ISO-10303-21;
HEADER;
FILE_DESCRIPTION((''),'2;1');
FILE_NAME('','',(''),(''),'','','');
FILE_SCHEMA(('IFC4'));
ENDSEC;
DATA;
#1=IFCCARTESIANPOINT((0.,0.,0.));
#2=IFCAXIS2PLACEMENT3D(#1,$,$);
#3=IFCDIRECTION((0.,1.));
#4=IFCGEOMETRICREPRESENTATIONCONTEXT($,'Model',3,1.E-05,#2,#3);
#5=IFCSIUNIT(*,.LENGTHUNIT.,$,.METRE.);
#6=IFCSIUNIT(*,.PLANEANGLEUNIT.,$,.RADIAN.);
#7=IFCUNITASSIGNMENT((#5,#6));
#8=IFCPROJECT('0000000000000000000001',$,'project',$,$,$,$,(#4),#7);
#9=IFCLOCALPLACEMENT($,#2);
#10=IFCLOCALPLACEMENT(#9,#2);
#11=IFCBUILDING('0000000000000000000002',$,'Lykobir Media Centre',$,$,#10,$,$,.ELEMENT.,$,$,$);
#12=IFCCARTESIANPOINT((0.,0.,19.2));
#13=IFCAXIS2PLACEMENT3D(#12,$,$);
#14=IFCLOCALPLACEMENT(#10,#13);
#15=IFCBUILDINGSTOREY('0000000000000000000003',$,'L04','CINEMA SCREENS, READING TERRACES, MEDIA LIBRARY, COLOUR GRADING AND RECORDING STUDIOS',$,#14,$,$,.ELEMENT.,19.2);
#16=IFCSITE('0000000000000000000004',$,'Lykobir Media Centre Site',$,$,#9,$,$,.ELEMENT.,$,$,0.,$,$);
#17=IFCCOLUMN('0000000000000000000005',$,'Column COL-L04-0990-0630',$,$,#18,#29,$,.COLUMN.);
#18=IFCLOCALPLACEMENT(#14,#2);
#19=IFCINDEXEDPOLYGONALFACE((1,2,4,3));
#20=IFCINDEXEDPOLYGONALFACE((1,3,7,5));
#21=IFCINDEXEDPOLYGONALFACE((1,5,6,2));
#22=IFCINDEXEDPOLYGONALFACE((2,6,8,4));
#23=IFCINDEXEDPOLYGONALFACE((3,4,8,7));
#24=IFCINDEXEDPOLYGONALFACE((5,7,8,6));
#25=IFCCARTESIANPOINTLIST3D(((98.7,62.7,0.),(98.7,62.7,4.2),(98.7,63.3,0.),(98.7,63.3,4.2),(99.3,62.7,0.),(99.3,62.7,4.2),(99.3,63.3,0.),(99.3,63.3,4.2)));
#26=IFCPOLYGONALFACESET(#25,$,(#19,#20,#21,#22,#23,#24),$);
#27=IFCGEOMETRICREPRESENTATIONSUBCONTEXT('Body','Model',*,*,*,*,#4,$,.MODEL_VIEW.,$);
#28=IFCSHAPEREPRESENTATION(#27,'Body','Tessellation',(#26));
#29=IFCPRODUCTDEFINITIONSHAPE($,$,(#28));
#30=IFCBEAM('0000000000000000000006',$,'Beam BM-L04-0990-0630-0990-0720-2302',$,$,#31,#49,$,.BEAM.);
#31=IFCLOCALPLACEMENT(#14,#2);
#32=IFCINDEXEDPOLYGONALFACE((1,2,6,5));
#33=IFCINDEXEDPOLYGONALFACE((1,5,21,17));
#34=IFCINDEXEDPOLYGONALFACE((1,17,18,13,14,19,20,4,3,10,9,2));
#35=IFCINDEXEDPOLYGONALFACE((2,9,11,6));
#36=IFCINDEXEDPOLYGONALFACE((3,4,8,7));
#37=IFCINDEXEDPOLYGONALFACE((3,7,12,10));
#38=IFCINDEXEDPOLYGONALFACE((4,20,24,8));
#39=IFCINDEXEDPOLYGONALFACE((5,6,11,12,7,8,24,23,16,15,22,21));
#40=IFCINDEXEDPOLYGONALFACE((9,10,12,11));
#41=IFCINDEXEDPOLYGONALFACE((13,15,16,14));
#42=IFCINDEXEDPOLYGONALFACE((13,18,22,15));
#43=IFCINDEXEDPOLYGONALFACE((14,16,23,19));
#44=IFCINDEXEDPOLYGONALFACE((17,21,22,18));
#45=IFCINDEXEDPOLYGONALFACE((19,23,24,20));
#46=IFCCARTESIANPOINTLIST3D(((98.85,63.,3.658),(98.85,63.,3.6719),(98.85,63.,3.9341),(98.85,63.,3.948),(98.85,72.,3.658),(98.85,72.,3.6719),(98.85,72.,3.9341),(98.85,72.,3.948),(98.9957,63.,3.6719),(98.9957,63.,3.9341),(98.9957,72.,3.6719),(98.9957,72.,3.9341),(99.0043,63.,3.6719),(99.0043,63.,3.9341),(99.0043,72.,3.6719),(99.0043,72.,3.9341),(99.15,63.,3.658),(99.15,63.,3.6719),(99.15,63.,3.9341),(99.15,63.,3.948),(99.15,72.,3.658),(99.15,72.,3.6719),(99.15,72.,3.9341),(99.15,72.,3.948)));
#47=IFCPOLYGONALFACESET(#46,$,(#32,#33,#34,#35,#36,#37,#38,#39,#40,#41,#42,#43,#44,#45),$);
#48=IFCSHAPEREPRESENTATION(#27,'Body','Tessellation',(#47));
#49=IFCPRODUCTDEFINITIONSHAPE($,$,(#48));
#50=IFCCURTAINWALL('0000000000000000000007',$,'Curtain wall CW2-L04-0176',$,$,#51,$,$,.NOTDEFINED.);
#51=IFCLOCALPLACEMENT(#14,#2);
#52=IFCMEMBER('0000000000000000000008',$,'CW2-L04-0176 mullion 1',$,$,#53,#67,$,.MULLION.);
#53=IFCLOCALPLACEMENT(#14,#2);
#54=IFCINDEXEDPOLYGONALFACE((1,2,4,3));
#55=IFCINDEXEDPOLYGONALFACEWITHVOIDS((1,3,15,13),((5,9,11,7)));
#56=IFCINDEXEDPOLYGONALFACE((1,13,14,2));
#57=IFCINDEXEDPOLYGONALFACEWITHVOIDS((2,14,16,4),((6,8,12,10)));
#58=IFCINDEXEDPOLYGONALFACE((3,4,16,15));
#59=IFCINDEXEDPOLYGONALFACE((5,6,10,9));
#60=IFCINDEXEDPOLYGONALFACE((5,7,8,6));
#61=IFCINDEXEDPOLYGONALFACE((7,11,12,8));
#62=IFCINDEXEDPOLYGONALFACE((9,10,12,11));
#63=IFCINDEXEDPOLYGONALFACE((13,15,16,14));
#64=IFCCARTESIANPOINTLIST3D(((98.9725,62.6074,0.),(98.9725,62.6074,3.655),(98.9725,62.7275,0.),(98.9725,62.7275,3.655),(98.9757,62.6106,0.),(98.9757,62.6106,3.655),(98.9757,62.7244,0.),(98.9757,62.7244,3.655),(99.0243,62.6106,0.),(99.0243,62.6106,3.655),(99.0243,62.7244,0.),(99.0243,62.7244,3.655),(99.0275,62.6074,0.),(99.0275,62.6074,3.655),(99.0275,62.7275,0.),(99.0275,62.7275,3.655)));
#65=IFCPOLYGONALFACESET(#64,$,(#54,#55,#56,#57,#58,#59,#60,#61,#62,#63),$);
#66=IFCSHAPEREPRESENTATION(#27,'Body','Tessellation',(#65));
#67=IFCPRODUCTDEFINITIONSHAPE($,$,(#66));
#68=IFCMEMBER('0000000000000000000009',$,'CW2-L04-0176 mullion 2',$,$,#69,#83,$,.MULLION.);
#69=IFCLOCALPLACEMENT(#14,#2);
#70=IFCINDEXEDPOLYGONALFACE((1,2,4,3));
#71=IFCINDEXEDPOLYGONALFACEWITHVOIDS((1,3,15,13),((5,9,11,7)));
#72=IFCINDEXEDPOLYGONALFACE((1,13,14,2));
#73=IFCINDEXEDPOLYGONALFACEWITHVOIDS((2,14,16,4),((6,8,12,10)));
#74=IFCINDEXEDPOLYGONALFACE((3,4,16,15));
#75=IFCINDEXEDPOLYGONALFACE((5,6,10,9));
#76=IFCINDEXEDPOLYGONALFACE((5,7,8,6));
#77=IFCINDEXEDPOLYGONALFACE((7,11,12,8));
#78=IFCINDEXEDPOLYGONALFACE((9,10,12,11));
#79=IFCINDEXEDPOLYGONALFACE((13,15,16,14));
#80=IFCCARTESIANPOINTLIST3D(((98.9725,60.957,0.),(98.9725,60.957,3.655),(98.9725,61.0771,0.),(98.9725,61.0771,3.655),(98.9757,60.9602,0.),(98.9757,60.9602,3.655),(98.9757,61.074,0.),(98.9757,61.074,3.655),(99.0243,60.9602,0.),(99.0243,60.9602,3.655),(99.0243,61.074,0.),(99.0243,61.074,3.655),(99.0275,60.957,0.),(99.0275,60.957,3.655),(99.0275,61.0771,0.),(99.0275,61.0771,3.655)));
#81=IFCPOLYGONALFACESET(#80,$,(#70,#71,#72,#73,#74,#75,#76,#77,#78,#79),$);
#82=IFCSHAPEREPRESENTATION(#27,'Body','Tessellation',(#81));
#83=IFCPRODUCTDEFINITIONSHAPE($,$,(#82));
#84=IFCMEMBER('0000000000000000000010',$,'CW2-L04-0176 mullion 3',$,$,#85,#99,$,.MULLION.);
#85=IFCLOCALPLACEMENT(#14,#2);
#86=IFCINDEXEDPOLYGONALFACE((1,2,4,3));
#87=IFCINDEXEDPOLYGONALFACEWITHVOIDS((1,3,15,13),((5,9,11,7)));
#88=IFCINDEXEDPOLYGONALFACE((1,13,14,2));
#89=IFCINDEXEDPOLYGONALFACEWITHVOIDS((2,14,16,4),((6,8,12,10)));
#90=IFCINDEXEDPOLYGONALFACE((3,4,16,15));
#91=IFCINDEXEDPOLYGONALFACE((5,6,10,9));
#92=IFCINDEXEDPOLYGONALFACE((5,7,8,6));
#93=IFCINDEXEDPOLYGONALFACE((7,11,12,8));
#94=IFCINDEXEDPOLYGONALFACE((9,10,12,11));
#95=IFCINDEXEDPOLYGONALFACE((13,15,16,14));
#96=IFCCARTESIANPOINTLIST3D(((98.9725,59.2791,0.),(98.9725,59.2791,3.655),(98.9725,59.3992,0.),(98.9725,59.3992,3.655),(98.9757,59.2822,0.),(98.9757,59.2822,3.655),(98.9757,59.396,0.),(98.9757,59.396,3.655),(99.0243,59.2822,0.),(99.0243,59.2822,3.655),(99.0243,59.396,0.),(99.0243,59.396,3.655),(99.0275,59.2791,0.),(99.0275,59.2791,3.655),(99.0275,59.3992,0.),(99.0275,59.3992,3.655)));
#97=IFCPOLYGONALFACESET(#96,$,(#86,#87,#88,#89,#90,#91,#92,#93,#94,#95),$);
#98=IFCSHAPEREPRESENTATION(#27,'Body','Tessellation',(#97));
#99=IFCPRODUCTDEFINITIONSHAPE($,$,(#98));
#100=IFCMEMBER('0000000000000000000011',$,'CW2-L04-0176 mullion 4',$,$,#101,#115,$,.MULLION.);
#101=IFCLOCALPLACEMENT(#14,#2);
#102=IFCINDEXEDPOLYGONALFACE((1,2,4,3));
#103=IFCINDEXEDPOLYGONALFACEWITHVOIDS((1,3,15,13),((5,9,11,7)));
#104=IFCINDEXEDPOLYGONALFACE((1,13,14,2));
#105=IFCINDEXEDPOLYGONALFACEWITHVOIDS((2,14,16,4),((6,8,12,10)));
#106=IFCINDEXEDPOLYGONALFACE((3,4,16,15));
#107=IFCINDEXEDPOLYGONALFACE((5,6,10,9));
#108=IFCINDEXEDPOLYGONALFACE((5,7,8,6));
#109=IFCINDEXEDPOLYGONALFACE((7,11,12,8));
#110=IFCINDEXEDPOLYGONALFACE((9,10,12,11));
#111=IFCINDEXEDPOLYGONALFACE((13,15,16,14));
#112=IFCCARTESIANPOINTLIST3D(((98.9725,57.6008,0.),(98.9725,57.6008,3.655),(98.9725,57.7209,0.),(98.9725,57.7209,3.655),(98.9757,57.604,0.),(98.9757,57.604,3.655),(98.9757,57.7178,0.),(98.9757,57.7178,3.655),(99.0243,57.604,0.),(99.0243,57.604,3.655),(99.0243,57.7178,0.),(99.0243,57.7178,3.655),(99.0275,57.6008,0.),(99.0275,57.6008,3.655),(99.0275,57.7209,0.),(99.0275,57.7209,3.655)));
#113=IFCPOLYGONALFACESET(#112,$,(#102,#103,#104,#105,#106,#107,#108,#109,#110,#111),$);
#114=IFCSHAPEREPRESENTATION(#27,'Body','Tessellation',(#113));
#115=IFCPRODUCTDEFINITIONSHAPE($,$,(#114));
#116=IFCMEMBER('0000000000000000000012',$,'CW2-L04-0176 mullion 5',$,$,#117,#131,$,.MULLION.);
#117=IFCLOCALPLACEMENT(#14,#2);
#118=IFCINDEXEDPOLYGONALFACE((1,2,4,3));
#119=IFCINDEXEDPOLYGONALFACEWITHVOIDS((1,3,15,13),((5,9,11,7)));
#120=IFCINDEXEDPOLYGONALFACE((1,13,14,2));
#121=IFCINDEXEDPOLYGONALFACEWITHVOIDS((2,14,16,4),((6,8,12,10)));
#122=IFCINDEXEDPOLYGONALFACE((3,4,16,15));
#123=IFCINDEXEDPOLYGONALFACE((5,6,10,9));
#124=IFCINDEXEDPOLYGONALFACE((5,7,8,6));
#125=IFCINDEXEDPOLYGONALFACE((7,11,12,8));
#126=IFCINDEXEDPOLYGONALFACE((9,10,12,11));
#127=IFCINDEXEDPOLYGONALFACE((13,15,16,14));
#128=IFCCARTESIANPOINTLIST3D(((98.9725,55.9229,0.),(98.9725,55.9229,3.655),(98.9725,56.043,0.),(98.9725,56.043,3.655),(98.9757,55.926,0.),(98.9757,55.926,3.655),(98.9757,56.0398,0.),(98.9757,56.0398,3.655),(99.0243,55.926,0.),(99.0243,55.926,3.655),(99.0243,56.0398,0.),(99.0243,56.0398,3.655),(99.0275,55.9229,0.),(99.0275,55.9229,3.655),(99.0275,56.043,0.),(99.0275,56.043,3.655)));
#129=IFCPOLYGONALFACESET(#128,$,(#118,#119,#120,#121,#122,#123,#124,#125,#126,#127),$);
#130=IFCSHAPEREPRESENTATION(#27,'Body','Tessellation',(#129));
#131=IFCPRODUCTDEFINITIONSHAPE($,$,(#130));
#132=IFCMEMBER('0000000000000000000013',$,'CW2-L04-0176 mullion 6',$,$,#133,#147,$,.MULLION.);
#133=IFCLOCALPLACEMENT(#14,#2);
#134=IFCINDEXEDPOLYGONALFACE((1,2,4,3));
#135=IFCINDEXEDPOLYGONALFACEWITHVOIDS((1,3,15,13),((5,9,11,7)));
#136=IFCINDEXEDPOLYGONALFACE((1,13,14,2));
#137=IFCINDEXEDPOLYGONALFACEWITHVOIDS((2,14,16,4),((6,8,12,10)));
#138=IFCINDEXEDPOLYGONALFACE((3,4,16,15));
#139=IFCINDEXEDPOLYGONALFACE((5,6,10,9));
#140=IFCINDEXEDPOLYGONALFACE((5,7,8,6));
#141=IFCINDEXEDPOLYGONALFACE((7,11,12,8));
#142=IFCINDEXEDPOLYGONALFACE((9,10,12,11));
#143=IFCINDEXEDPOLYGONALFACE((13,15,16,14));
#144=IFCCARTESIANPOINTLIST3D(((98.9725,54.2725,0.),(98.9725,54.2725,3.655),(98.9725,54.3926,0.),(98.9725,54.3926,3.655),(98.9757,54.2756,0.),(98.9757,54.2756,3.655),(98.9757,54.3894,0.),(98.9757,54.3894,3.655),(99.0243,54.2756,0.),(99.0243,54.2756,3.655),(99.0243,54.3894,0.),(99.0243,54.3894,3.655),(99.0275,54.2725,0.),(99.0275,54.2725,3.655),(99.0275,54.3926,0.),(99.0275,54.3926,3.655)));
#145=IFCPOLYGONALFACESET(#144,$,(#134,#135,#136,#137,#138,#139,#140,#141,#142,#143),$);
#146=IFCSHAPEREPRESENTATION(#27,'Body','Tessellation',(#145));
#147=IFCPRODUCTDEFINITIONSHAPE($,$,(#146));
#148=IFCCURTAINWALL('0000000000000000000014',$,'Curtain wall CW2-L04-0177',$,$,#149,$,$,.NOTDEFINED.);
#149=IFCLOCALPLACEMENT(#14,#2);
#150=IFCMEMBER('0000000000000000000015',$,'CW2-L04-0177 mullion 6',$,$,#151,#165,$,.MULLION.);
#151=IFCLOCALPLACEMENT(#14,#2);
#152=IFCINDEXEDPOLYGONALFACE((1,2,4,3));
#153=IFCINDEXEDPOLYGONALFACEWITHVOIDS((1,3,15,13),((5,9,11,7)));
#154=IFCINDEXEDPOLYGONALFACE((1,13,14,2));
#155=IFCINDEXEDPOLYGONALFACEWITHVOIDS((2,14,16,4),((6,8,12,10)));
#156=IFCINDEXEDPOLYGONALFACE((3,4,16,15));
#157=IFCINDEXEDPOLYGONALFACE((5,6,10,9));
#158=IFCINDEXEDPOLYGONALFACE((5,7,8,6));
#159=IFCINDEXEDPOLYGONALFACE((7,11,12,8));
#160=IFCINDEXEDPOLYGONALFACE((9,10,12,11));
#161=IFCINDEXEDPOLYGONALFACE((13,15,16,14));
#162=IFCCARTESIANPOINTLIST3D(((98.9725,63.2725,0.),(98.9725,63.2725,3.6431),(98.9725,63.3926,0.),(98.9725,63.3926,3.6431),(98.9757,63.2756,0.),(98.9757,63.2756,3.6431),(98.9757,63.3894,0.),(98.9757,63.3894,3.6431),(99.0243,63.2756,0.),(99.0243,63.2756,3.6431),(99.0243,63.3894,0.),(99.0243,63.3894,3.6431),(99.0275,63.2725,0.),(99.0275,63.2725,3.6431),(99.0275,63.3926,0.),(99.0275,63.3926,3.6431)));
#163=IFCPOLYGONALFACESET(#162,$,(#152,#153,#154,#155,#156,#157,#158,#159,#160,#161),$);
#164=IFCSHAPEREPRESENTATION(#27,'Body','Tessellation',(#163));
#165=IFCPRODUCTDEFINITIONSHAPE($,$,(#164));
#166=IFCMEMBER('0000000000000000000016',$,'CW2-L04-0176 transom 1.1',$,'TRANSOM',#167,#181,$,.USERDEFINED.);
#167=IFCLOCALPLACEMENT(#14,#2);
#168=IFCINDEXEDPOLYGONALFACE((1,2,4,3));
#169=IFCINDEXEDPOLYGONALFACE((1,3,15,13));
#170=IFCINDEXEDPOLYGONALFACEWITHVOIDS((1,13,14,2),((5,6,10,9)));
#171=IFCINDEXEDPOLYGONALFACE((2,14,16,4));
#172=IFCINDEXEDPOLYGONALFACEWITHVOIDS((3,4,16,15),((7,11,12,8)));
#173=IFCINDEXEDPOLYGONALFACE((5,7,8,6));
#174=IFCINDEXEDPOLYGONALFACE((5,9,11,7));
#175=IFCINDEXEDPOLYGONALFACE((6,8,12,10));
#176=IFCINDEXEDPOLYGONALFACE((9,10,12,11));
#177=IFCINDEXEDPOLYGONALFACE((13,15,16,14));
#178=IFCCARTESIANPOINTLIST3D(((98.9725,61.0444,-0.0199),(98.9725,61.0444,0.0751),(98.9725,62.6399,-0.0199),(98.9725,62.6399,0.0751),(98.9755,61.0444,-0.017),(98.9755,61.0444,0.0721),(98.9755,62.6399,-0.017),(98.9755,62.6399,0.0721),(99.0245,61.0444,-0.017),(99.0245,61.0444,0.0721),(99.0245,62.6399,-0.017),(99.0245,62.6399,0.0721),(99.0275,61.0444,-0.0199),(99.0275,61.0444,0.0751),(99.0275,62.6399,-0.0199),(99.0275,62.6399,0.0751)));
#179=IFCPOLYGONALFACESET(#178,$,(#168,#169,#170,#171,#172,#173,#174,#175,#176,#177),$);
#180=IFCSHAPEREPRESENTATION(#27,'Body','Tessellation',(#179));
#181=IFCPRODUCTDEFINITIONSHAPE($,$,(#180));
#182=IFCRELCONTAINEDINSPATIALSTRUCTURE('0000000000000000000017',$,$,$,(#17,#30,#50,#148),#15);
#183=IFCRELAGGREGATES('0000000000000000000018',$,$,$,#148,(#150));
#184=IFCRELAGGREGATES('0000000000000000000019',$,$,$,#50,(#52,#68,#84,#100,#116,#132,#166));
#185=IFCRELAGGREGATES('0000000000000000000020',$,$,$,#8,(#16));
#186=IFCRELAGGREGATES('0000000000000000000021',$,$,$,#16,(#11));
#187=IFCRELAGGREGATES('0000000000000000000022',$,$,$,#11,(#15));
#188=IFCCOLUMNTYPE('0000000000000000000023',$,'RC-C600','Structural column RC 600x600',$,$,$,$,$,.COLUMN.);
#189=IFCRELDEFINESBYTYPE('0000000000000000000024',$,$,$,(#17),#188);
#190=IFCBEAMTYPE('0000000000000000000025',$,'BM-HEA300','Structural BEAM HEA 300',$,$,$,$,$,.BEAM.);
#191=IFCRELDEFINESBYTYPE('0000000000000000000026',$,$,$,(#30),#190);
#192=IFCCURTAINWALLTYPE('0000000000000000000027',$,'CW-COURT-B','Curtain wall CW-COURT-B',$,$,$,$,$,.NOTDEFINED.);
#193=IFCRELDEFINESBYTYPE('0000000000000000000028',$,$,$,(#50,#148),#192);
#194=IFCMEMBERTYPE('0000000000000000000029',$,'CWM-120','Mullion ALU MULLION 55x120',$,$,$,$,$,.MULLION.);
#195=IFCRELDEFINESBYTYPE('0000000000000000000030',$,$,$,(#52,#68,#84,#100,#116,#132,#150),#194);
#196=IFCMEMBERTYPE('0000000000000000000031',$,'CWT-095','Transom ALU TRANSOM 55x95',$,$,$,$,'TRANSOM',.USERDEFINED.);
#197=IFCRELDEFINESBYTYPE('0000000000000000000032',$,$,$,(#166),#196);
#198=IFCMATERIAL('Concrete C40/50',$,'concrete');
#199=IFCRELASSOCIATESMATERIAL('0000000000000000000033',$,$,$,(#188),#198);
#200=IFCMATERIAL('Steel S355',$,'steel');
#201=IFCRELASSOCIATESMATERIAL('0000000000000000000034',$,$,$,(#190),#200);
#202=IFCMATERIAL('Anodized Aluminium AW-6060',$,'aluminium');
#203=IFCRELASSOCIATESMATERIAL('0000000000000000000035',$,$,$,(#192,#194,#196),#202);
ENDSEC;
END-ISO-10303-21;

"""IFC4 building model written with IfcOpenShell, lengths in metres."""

from ifc_helpers import new_model, si_unit, direction, frame, origin, origin_2d, place, context, subcontext, project, spatial, rectangle, hollow_rectangle, i_section, extrude, material, material_profile, profile_set, type_object, element, aggregate, save


model = new_model("IFC4")

# Units and contexts
model_context = context("Model", 3, precision=1e-05, world=origin(), true_north=direction((0.0, 1.0)))
body_context = subcontext(model_context, "Body", "Model", "MODEL_VIEW")
ifc_project = project(units=[si_unit("LENGTHUNIT", "METRE"), si_unit("PLANEANGLEUNIT", "RADIAN")], contexts=[model_context])

# Site, building, storey
site_placement = place(None, origin())
site = spatial("IfcSite", under=ifc_project, at=site_placement, Name="Lykobir Media Centre Site", CompositionType="ELEMENT", RefElevation=0.0)
building_placement = place(site_placement, origin())
building = spatial("IfcBuilding", under=site, at=building_placement, Name="Lykobir Media Centre", CompositionType="ELEMENT")
storey_placement = place(building_placement, frame((0.0, 0.0, 19.2)))
storey = spatial("IfcBuildingStorey", under=building, at=storey_placement, Name="L04", Description="CINEMA SCREENS, READING TERRACES, MEDIA LIBRARY, COLOUR GRADING AND RECORDING STUDIOS", CompositionType="ELEMENT", Elevation=19.2)

# Column
ifc_material_1 = material(Name="Concrete C40/50", Category="concrete")
ifc_material_profile_1 = material_profile(ifc_material_1, rectangle(XDim=0.6001, YDim=0.6001, at=origin_2d()), Name="RC 600x600")
ifc_profile_set_1 = profile_set([ifc_material_profile_1], Name="Concrete C40/50")
column_type = type_object("IfcColumnType", Name="RC-C600", Description="Structural column RC 600x600", PredefinedType="COLUMN", material=ifc_profile_set_1)
column_placement = place(storey_placement, frame((99.0, 63.0, 0.0), z_axis=(0.0, 0.0, 1.0), x_axis=(1.0, 0.0, 0.0)))
element("IfcColumn", 1, at=column_placement, inside=storey, type_object=column_type, Name="Column COL-L04-0990-0630", PredefinedType="COLUMN", context=body_context, shape_type="SweptSolid", body=[
    extrude(rectangle(XDim=0.6001, YDim=0.6001, at=origin_2d()), origin(), (0.0, 0.0, 1.0), 4.2),
])

# Beam
ifc_material_2 = material(Name="Steel S355", Category="steel")
ifc_material_profile_2 = material_profile(ifc_material_2, i_section(OverallWidth=0.3, OverallDepth=0.29, WebThickness=0.0085, FlangeThickness=0.0139, at=origin_2d()), Name="HEA 300")
ifc_profile_set_2 = profile_set([ifc_material_profile_2], Name="Steel S355")
beam_type_1 = type_object("IfcBeamType", Name="BM-HEA300", Description="Structural BEAM HEA 300", PredefinedType="BEAM", material=ifc_profile_set_2)
beam_1_placement = place(storey_placement, frame((99.0, 63.0, 3.803), z_axis=(0.0, 1.0, 0.0), x_axis=(-1.0, 0.0, 0.0)))
element("IfcBeam", 2, at=beam_1_placement, inside=storey, type_object=beam_type_1, Name="Beam BM-L04-0990-0630-0990-0720-2302", PredefinedType="BEAM", context=body_context, shape_type="SweptSolid", body=[
    extrude(i_section(OverallWidth=0.3, OverallDepth=0.29, WebThickness=0.0085, FlangeThickness=0.0139, at=origin_2d()), origin(), (0.0, 0.0, 1.0), 9.0),
])

# Curtain wall, members
ifc_material_3 = material(Name="Anodized Aluminium AW-6060", Category="aluminium")
curtain_wall_type = type_object("IfcCurtainWallType", Name="CW-COURT-B", Description="Curtain wall CW-COURT-B", PredefinedType="NOTDEFINED", material=ifc_material_3)
curtain_wall_1_placement = place(storey_placement, origin())
curtain_wall_1 = element("IfcCurtainWall", 3, at=curtain_wall_1_placement, inside=storey, type_object=curtain_wall_type, Name="Curtain wall CW2-L04-0176", PredefinedType="NOTDEFINED")
ifc_material_profile_3 = material_profile(ifc_material_3, hollow_rectangle(XDim=0.0549, YDim=0.1201, WallThickness=0.0032, at=origin_2d()), Name="ALU MULLION 55x120")
ifc_profile_set_3 = profile_set([ifc_material_profile_3], Name="Anodized Aluminium AW-6060")
member_type_1 = type_object("IfcMemberType", Name="CWM-120", Description="Mullion ALU MULLION 55x120", PredefinedType="MULLION", material=ifc_profile_set_3)
member_1_placement = place(storey_placement, frame((99.0, 62.6675, 0.0), z_axis=(0.0, 0.0, 1.0), x_axis=(1.0, 0.0, 0.0)))
member_1 = element("IfcMember", 4, at=member_1_placement, type_object=member_type_1, Name="CW2-L04-0176 mullion 1", PredefinedType="MULLION", context=body_context, shape_type="SweptSolid", body=[
    extrude(hollow_rectangle(XDim=0.0549, YDim=0.1201, WallThickness=0.0032, at=origin_2d()), origin(), (0.0, 0.0, 1.0), 3.655),
])
member_2_placement = place(storey_placement, frame((99.0, 61.0171, 0.0), z_axis=(0.0, 0.0, 1.0), x_axis=(1.0, 0.0, 0.0)))
member_2 = element("IfcMember", 5, at=member_2_placement, type_object=member_type_1, Name="CW2-L04-0176 mullion 2", PredefinedType="MULLION", context=body_context, shape_type="SweptSolid", body=[
    extrude(hollow_rectangle(XDim=0.0549, YDim=0.1201, WallThickness=0.0032, at=origin_2d()), origin(), (0.0, 0.0, 1.0), 3.655),
])
member_3_placement = place(storey_placement, frame((99.0, 59.3391, 0.0), z_axis=(0.0, 0.0, 1.0), x_axis=(1.0, 0.0, 0.0)))
member_3 = element("IfcMember", 6, at=member_3_placement, type_object=member_type_1, Name="CW2-L04-0176 mullion 3", PredefinedType="MULLION", context=body_context, shape_type="SweptSolid", body=[
    extrude(hollow_rectangle(XDim=0.0549, YDim=0.1201, WallThickness=0.0032, at=origin_2d()), origin(), (0.0, 0.0, 1.0), 3.655),
])
member_4_placement = place(storey_placement, frame((99.0, 57.6609, 0.0), z_axis=(0.0, 0.0, 1.0), x_axis=(1.0, 0.0, 0.0)))
member_4 = element("IfcMember", 7, at=member_4_placement, type_object=member_type_1, Name="CW2-L04-0176 mullion 4", PredefinedType="MULLION", context=body_context, shape_type="SweptSolid", body=[
    extrude(hollow_rectangle(XDim=0.0549, YDim=0.1201, WallThickness=0.0032, at=origin_2d()), origin(), (0.0, 0.0, 1.0), 3.655),
])
member_5_placement = place(storey_placement, frame((99.0, 55.9829, 0.0), z_axis=(0.0, 0.0, 1.0), x_axis=(1.0, 0.0, 0.0)))
member_5 = element("IfcMember", 8, at=member_5_placement, type_object=member_type_1, Name="CW2-L04-0176 mullion 5", PredefinedType="MULLION", context=body_context, shape_type="SweptSolid", body=[
    extrude(hollow_rectangle(XDim=0.0549, YDim=0.1201, WallThickness=0.0032, at=origin_2d()), origin(), (0.0, 0.0, 1.0), 3.655),
])
member_6_placement = place(storey_placement, frame((99.0, 54.3325, 0.0), z_axis=(0.0, 0.0, 1.0), x_axis=(1.0, 0.0, 0.0)))
member_6 = element("IfcMember", 9, at=member_6_placement, type_object=member_type_1, Name="CW2-L04-0176 mullion 6", PredefinedType="MULLION", context=body_context, shape_type="SweptSolid", body=[
    extrude(hollow_rectangle(XDim=0.0549, YDim=0.1201, WallThickness=0.0032, at=origin_2d()), origin(), (0.0, 0.0, 1.0), 3.655),
])

# Curtain wall, member
curtain_wall_2_placement = place(storey_placement, origin())
curtain_wall_2 = element("IfcCurtainWall", 10, at=curtain_wall_2_placement, inside=storey, type_object=curtain_wall_type, Name="Curtain wall CW2-L04-0177", PredefinedType="NOTDEFINED")
member_7_placement = place(storey_placement, frame((99.0, 63.3325, 0.0), z_axis=(0.0, 0.0, 1.0), x_axis=(1.0, 0.0, 0.0)))
member_7 = element("IfcMember", 11, at=member_7_placement, type_object=member_type_1, Name="CW2-L04-0177 mullion 6", PredefinedType="MULLION", context=body_context, shape_type="SweptSolid", body=[
    extrude(hollow_rectangle(XDim=0.0549, YDim=0.1201, WallThickness=0.0032, at=origin_2d()), origin(), (0.0, 0.0, 1.0), 3.6431),
])
aggregate(curtain_wall_2, [member_7])

# Member
ifc_material_profile_4 = material_profile(ifc_material_3, hollow_rectangle(XDim=0.0549, YDim=0.095, WallThickness=0.0029, at=origin_2d()), Name="ALU TRANSOM 55x95")
ifc_profile_set_4 = profile_set([ifc_material_profile_4], Name="Anodized Aluminium AW-6060")
member_type_2 = type_object("IfcMemberType", Name="CWT-095", Description="Transom ALU TRANSOM 55x95", ElementType="TRANSOM", PredefinedType="USERDEFINED", material=ifc_profile_set_4)
member_8_placement = place(storey_placement, frame((99.0, 62.6399, 0.0276), z_axis=(0.0, -1.0, 0.0), x_axis=(1.0, 0.0, 0.0)))
member_8 = element("IfcMember", 12, at=member_8_placement, type_object=member_type_2, Name="CW2-L04-0176 transom 1.1", ObjectType="TRANSOM", PredefinedType="USERDEFINED", context=body_context, shape_type="SweptSolid", body=[
    extrude(hollow_rectangle(XDim=0.0549, YDim=0.095, WallThickness=0.0029, at=origin_2d()), origin(), (0.0, 0.0, 1.0), 1.5955),
])

aggregate(curtain_wall_1, [member_1, member_2, member_3, member_4, member_5, member_6, member_8])

save(model, "model.ifc")
